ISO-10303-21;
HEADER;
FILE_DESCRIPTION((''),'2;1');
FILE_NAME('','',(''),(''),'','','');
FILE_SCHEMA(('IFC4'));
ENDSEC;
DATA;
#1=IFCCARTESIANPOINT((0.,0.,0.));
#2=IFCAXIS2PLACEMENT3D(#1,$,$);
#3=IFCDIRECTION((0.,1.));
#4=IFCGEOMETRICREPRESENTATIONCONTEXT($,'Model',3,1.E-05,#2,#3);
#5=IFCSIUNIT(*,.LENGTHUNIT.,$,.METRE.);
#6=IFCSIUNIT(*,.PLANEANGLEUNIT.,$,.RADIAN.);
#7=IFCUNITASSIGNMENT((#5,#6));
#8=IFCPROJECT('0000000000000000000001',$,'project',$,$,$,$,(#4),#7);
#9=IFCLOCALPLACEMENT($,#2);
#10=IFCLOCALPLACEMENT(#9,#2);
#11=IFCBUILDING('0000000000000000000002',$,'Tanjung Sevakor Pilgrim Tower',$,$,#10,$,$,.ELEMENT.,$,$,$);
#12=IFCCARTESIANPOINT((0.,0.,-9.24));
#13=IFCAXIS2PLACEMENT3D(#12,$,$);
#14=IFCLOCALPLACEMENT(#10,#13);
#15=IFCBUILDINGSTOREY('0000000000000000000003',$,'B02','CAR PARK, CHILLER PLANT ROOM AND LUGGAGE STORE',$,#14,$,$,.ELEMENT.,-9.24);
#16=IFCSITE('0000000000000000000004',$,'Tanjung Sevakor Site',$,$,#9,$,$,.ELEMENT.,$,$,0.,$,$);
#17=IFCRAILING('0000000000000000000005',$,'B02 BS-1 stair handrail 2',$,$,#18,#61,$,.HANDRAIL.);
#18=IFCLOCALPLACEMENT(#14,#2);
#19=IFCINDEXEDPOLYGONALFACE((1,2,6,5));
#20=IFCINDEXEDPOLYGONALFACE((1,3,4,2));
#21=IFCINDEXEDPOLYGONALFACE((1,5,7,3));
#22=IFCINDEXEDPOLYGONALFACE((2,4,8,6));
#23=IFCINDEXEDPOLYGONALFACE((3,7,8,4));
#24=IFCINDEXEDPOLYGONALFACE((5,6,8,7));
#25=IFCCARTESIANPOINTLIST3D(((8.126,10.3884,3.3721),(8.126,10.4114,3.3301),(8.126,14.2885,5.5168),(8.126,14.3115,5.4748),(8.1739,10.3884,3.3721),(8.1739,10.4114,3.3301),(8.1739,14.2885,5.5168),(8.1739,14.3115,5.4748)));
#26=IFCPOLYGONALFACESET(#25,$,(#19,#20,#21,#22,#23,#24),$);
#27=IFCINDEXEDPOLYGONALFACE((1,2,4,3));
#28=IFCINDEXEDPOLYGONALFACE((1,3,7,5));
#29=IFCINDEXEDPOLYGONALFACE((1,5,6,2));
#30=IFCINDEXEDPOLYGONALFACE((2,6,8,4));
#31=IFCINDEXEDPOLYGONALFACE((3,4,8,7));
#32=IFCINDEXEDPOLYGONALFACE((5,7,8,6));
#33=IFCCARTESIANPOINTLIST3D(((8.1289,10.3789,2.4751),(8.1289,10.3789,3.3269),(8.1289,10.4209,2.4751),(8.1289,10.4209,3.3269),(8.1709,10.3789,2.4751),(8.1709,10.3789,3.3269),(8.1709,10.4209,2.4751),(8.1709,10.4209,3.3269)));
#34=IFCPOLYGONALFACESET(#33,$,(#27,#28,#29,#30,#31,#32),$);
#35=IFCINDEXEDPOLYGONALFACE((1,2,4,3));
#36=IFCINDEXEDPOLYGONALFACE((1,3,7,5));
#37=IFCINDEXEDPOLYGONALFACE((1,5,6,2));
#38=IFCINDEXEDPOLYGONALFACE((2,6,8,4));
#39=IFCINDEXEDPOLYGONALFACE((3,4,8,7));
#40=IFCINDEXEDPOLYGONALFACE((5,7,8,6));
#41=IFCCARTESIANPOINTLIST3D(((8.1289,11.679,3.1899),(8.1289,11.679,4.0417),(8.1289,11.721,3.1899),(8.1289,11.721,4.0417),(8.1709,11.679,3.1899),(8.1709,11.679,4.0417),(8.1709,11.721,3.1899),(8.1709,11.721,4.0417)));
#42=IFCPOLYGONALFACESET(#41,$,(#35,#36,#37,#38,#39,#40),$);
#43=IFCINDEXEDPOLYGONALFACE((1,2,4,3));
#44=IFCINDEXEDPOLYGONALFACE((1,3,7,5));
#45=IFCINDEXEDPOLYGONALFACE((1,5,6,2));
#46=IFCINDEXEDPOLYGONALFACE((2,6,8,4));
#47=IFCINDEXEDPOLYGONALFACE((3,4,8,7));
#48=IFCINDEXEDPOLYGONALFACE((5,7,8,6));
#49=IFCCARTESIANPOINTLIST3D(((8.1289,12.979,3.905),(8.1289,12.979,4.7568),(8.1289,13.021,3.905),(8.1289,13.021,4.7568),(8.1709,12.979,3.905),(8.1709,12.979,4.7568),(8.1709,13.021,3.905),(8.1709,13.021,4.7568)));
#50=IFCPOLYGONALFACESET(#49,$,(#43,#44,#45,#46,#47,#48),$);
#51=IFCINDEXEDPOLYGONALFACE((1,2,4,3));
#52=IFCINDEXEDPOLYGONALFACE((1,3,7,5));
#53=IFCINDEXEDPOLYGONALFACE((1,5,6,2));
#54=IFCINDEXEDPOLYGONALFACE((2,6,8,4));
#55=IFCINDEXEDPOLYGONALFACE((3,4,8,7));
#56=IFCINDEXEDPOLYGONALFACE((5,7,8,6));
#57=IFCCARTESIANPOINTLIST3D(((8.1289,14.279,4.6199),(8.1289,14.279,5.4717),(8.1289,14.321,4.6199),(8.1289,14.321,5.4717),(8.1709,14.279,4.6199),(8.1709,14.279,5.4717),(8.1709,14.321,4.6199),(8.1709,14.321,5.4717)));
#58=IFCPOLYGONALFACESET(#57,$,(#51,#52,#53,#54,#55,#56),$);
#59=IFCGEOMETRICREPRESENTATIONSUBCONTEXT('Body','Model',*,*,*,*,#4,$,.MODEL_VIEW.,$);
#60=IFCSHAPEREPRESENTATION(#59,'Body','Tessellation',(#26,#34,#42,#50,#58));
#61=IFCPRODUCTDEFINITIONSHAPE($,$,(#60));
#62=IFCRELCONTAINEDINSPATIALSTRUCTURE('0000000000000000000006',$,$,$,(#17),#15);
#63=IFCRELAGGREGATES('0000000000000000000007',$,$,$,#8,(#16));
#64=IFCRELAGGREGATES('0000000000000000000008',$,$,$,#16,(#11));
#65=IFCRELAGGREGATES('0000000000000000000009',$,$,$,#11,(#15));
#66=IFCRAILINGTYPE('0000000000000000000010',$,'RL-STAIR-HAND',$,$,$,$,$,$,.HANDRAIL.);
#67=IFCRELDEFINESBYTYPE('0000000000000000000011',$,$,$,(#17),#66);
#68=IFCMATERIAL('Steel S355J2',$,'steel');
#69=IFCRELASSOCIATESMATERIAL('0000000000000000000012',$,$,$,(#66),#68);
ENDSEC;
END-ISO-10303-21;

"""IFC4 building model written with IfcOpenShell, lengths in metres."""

from ifc_helpers import new_model, si_unit, direction, frame, origin, place, context, subcontext, project, spatial, rectangle, extrude, material, type_object, element, save


model = new_model("IFC4")

# Units and contexts
model_context = context("Model", 3, precision=1e-05, world=origin(), true_north=direction((0.0, 1.0)))
body_context = subcontext(model_context, "Body", "Model", "MODEL_VIEW")
ifc_project = project(units=[si_unit("LENGTHUNIT", "METRE"), si_unit("PLANEANGLEUNIT", "RADIAN")], contexts=[model_context])

# Site, building, storey
site_placement = place(None, origin())
site = spatial("IfcSite", under=ifc_project, at=site_placement, Name="Tanjung Sevakor Site", CompositionType="ELEMENT", RefElevation=0.0)
building_placement = place(site_placement, origin())
building = spatial("IfcBuilding", under=site, at=building_placement, Name="Tanjung Sevakor Pilgrim Tower", CompositionType="ELEMENT")
storey_placement = place(building_placement, frame((0.0, 0.0, -9.24)))
storey = spatial("IfcBuildingStorey", under=building, at=storey_placement, Name="B02", Description="CAR PARK, CHILLER PLANT ROOM AND LUGGAGE STORE", CompositionType="ELEMENT", Elevation=-9.24)

# Railing
ifc_material_1 = material(Name="Steel S355J2", Category="steel")
railing_type_1 = type_object("IfcRailingType", Name="RL-STAIR-HAND", PredefinedType="HANDRAIL", material=ifc_material_1)
railing_1_placement = place(storey_placement, frame((8.1499, 10.3999, 2.4751)))
element("IfcRailing", 1, at=railing_1_placement, inside=storey, type_object=railing_type_1, Name="B02 BS-1 stair handrail 2", PredefinedType="HANDRAIL", context=body_context, shape_type="SweptSolid", body=[
    extrude(rectangle(XDim=0.0479, YDim=0.0479), frame((0.0, 0.0, 0.876), z_axis=(0.0, 0.876245, 0.481866), x_axis=(-1.0, 0.0, 0.0)), (0.0, 0.0, 1.0), 4.4509),
    extrude(rectangle(XDim=0.042, YDim=0.042), origin(), (0.0, 0.0, 1.0), 0.8518),
    extrude(rectangle(XDim=0.042, YDim=0.042), frame((0.0, 1.3, 0.7148)), (0.0, 0.0, 1.0), 0.8518),
    extrude(rectangle(XDim=0.042, YDim=0.042), frame((0.0, 2.6001, 1.4299)), (0.0, 0.0, 1.0), 0.8518),
    extrude(rectangle(XDim=0.042, YDim=0.042), frame((0.0, 3.9001, 2.1448)), (0.0, 0.0, 1.0), 0.8518),
])

save(model, "model.ifc")
